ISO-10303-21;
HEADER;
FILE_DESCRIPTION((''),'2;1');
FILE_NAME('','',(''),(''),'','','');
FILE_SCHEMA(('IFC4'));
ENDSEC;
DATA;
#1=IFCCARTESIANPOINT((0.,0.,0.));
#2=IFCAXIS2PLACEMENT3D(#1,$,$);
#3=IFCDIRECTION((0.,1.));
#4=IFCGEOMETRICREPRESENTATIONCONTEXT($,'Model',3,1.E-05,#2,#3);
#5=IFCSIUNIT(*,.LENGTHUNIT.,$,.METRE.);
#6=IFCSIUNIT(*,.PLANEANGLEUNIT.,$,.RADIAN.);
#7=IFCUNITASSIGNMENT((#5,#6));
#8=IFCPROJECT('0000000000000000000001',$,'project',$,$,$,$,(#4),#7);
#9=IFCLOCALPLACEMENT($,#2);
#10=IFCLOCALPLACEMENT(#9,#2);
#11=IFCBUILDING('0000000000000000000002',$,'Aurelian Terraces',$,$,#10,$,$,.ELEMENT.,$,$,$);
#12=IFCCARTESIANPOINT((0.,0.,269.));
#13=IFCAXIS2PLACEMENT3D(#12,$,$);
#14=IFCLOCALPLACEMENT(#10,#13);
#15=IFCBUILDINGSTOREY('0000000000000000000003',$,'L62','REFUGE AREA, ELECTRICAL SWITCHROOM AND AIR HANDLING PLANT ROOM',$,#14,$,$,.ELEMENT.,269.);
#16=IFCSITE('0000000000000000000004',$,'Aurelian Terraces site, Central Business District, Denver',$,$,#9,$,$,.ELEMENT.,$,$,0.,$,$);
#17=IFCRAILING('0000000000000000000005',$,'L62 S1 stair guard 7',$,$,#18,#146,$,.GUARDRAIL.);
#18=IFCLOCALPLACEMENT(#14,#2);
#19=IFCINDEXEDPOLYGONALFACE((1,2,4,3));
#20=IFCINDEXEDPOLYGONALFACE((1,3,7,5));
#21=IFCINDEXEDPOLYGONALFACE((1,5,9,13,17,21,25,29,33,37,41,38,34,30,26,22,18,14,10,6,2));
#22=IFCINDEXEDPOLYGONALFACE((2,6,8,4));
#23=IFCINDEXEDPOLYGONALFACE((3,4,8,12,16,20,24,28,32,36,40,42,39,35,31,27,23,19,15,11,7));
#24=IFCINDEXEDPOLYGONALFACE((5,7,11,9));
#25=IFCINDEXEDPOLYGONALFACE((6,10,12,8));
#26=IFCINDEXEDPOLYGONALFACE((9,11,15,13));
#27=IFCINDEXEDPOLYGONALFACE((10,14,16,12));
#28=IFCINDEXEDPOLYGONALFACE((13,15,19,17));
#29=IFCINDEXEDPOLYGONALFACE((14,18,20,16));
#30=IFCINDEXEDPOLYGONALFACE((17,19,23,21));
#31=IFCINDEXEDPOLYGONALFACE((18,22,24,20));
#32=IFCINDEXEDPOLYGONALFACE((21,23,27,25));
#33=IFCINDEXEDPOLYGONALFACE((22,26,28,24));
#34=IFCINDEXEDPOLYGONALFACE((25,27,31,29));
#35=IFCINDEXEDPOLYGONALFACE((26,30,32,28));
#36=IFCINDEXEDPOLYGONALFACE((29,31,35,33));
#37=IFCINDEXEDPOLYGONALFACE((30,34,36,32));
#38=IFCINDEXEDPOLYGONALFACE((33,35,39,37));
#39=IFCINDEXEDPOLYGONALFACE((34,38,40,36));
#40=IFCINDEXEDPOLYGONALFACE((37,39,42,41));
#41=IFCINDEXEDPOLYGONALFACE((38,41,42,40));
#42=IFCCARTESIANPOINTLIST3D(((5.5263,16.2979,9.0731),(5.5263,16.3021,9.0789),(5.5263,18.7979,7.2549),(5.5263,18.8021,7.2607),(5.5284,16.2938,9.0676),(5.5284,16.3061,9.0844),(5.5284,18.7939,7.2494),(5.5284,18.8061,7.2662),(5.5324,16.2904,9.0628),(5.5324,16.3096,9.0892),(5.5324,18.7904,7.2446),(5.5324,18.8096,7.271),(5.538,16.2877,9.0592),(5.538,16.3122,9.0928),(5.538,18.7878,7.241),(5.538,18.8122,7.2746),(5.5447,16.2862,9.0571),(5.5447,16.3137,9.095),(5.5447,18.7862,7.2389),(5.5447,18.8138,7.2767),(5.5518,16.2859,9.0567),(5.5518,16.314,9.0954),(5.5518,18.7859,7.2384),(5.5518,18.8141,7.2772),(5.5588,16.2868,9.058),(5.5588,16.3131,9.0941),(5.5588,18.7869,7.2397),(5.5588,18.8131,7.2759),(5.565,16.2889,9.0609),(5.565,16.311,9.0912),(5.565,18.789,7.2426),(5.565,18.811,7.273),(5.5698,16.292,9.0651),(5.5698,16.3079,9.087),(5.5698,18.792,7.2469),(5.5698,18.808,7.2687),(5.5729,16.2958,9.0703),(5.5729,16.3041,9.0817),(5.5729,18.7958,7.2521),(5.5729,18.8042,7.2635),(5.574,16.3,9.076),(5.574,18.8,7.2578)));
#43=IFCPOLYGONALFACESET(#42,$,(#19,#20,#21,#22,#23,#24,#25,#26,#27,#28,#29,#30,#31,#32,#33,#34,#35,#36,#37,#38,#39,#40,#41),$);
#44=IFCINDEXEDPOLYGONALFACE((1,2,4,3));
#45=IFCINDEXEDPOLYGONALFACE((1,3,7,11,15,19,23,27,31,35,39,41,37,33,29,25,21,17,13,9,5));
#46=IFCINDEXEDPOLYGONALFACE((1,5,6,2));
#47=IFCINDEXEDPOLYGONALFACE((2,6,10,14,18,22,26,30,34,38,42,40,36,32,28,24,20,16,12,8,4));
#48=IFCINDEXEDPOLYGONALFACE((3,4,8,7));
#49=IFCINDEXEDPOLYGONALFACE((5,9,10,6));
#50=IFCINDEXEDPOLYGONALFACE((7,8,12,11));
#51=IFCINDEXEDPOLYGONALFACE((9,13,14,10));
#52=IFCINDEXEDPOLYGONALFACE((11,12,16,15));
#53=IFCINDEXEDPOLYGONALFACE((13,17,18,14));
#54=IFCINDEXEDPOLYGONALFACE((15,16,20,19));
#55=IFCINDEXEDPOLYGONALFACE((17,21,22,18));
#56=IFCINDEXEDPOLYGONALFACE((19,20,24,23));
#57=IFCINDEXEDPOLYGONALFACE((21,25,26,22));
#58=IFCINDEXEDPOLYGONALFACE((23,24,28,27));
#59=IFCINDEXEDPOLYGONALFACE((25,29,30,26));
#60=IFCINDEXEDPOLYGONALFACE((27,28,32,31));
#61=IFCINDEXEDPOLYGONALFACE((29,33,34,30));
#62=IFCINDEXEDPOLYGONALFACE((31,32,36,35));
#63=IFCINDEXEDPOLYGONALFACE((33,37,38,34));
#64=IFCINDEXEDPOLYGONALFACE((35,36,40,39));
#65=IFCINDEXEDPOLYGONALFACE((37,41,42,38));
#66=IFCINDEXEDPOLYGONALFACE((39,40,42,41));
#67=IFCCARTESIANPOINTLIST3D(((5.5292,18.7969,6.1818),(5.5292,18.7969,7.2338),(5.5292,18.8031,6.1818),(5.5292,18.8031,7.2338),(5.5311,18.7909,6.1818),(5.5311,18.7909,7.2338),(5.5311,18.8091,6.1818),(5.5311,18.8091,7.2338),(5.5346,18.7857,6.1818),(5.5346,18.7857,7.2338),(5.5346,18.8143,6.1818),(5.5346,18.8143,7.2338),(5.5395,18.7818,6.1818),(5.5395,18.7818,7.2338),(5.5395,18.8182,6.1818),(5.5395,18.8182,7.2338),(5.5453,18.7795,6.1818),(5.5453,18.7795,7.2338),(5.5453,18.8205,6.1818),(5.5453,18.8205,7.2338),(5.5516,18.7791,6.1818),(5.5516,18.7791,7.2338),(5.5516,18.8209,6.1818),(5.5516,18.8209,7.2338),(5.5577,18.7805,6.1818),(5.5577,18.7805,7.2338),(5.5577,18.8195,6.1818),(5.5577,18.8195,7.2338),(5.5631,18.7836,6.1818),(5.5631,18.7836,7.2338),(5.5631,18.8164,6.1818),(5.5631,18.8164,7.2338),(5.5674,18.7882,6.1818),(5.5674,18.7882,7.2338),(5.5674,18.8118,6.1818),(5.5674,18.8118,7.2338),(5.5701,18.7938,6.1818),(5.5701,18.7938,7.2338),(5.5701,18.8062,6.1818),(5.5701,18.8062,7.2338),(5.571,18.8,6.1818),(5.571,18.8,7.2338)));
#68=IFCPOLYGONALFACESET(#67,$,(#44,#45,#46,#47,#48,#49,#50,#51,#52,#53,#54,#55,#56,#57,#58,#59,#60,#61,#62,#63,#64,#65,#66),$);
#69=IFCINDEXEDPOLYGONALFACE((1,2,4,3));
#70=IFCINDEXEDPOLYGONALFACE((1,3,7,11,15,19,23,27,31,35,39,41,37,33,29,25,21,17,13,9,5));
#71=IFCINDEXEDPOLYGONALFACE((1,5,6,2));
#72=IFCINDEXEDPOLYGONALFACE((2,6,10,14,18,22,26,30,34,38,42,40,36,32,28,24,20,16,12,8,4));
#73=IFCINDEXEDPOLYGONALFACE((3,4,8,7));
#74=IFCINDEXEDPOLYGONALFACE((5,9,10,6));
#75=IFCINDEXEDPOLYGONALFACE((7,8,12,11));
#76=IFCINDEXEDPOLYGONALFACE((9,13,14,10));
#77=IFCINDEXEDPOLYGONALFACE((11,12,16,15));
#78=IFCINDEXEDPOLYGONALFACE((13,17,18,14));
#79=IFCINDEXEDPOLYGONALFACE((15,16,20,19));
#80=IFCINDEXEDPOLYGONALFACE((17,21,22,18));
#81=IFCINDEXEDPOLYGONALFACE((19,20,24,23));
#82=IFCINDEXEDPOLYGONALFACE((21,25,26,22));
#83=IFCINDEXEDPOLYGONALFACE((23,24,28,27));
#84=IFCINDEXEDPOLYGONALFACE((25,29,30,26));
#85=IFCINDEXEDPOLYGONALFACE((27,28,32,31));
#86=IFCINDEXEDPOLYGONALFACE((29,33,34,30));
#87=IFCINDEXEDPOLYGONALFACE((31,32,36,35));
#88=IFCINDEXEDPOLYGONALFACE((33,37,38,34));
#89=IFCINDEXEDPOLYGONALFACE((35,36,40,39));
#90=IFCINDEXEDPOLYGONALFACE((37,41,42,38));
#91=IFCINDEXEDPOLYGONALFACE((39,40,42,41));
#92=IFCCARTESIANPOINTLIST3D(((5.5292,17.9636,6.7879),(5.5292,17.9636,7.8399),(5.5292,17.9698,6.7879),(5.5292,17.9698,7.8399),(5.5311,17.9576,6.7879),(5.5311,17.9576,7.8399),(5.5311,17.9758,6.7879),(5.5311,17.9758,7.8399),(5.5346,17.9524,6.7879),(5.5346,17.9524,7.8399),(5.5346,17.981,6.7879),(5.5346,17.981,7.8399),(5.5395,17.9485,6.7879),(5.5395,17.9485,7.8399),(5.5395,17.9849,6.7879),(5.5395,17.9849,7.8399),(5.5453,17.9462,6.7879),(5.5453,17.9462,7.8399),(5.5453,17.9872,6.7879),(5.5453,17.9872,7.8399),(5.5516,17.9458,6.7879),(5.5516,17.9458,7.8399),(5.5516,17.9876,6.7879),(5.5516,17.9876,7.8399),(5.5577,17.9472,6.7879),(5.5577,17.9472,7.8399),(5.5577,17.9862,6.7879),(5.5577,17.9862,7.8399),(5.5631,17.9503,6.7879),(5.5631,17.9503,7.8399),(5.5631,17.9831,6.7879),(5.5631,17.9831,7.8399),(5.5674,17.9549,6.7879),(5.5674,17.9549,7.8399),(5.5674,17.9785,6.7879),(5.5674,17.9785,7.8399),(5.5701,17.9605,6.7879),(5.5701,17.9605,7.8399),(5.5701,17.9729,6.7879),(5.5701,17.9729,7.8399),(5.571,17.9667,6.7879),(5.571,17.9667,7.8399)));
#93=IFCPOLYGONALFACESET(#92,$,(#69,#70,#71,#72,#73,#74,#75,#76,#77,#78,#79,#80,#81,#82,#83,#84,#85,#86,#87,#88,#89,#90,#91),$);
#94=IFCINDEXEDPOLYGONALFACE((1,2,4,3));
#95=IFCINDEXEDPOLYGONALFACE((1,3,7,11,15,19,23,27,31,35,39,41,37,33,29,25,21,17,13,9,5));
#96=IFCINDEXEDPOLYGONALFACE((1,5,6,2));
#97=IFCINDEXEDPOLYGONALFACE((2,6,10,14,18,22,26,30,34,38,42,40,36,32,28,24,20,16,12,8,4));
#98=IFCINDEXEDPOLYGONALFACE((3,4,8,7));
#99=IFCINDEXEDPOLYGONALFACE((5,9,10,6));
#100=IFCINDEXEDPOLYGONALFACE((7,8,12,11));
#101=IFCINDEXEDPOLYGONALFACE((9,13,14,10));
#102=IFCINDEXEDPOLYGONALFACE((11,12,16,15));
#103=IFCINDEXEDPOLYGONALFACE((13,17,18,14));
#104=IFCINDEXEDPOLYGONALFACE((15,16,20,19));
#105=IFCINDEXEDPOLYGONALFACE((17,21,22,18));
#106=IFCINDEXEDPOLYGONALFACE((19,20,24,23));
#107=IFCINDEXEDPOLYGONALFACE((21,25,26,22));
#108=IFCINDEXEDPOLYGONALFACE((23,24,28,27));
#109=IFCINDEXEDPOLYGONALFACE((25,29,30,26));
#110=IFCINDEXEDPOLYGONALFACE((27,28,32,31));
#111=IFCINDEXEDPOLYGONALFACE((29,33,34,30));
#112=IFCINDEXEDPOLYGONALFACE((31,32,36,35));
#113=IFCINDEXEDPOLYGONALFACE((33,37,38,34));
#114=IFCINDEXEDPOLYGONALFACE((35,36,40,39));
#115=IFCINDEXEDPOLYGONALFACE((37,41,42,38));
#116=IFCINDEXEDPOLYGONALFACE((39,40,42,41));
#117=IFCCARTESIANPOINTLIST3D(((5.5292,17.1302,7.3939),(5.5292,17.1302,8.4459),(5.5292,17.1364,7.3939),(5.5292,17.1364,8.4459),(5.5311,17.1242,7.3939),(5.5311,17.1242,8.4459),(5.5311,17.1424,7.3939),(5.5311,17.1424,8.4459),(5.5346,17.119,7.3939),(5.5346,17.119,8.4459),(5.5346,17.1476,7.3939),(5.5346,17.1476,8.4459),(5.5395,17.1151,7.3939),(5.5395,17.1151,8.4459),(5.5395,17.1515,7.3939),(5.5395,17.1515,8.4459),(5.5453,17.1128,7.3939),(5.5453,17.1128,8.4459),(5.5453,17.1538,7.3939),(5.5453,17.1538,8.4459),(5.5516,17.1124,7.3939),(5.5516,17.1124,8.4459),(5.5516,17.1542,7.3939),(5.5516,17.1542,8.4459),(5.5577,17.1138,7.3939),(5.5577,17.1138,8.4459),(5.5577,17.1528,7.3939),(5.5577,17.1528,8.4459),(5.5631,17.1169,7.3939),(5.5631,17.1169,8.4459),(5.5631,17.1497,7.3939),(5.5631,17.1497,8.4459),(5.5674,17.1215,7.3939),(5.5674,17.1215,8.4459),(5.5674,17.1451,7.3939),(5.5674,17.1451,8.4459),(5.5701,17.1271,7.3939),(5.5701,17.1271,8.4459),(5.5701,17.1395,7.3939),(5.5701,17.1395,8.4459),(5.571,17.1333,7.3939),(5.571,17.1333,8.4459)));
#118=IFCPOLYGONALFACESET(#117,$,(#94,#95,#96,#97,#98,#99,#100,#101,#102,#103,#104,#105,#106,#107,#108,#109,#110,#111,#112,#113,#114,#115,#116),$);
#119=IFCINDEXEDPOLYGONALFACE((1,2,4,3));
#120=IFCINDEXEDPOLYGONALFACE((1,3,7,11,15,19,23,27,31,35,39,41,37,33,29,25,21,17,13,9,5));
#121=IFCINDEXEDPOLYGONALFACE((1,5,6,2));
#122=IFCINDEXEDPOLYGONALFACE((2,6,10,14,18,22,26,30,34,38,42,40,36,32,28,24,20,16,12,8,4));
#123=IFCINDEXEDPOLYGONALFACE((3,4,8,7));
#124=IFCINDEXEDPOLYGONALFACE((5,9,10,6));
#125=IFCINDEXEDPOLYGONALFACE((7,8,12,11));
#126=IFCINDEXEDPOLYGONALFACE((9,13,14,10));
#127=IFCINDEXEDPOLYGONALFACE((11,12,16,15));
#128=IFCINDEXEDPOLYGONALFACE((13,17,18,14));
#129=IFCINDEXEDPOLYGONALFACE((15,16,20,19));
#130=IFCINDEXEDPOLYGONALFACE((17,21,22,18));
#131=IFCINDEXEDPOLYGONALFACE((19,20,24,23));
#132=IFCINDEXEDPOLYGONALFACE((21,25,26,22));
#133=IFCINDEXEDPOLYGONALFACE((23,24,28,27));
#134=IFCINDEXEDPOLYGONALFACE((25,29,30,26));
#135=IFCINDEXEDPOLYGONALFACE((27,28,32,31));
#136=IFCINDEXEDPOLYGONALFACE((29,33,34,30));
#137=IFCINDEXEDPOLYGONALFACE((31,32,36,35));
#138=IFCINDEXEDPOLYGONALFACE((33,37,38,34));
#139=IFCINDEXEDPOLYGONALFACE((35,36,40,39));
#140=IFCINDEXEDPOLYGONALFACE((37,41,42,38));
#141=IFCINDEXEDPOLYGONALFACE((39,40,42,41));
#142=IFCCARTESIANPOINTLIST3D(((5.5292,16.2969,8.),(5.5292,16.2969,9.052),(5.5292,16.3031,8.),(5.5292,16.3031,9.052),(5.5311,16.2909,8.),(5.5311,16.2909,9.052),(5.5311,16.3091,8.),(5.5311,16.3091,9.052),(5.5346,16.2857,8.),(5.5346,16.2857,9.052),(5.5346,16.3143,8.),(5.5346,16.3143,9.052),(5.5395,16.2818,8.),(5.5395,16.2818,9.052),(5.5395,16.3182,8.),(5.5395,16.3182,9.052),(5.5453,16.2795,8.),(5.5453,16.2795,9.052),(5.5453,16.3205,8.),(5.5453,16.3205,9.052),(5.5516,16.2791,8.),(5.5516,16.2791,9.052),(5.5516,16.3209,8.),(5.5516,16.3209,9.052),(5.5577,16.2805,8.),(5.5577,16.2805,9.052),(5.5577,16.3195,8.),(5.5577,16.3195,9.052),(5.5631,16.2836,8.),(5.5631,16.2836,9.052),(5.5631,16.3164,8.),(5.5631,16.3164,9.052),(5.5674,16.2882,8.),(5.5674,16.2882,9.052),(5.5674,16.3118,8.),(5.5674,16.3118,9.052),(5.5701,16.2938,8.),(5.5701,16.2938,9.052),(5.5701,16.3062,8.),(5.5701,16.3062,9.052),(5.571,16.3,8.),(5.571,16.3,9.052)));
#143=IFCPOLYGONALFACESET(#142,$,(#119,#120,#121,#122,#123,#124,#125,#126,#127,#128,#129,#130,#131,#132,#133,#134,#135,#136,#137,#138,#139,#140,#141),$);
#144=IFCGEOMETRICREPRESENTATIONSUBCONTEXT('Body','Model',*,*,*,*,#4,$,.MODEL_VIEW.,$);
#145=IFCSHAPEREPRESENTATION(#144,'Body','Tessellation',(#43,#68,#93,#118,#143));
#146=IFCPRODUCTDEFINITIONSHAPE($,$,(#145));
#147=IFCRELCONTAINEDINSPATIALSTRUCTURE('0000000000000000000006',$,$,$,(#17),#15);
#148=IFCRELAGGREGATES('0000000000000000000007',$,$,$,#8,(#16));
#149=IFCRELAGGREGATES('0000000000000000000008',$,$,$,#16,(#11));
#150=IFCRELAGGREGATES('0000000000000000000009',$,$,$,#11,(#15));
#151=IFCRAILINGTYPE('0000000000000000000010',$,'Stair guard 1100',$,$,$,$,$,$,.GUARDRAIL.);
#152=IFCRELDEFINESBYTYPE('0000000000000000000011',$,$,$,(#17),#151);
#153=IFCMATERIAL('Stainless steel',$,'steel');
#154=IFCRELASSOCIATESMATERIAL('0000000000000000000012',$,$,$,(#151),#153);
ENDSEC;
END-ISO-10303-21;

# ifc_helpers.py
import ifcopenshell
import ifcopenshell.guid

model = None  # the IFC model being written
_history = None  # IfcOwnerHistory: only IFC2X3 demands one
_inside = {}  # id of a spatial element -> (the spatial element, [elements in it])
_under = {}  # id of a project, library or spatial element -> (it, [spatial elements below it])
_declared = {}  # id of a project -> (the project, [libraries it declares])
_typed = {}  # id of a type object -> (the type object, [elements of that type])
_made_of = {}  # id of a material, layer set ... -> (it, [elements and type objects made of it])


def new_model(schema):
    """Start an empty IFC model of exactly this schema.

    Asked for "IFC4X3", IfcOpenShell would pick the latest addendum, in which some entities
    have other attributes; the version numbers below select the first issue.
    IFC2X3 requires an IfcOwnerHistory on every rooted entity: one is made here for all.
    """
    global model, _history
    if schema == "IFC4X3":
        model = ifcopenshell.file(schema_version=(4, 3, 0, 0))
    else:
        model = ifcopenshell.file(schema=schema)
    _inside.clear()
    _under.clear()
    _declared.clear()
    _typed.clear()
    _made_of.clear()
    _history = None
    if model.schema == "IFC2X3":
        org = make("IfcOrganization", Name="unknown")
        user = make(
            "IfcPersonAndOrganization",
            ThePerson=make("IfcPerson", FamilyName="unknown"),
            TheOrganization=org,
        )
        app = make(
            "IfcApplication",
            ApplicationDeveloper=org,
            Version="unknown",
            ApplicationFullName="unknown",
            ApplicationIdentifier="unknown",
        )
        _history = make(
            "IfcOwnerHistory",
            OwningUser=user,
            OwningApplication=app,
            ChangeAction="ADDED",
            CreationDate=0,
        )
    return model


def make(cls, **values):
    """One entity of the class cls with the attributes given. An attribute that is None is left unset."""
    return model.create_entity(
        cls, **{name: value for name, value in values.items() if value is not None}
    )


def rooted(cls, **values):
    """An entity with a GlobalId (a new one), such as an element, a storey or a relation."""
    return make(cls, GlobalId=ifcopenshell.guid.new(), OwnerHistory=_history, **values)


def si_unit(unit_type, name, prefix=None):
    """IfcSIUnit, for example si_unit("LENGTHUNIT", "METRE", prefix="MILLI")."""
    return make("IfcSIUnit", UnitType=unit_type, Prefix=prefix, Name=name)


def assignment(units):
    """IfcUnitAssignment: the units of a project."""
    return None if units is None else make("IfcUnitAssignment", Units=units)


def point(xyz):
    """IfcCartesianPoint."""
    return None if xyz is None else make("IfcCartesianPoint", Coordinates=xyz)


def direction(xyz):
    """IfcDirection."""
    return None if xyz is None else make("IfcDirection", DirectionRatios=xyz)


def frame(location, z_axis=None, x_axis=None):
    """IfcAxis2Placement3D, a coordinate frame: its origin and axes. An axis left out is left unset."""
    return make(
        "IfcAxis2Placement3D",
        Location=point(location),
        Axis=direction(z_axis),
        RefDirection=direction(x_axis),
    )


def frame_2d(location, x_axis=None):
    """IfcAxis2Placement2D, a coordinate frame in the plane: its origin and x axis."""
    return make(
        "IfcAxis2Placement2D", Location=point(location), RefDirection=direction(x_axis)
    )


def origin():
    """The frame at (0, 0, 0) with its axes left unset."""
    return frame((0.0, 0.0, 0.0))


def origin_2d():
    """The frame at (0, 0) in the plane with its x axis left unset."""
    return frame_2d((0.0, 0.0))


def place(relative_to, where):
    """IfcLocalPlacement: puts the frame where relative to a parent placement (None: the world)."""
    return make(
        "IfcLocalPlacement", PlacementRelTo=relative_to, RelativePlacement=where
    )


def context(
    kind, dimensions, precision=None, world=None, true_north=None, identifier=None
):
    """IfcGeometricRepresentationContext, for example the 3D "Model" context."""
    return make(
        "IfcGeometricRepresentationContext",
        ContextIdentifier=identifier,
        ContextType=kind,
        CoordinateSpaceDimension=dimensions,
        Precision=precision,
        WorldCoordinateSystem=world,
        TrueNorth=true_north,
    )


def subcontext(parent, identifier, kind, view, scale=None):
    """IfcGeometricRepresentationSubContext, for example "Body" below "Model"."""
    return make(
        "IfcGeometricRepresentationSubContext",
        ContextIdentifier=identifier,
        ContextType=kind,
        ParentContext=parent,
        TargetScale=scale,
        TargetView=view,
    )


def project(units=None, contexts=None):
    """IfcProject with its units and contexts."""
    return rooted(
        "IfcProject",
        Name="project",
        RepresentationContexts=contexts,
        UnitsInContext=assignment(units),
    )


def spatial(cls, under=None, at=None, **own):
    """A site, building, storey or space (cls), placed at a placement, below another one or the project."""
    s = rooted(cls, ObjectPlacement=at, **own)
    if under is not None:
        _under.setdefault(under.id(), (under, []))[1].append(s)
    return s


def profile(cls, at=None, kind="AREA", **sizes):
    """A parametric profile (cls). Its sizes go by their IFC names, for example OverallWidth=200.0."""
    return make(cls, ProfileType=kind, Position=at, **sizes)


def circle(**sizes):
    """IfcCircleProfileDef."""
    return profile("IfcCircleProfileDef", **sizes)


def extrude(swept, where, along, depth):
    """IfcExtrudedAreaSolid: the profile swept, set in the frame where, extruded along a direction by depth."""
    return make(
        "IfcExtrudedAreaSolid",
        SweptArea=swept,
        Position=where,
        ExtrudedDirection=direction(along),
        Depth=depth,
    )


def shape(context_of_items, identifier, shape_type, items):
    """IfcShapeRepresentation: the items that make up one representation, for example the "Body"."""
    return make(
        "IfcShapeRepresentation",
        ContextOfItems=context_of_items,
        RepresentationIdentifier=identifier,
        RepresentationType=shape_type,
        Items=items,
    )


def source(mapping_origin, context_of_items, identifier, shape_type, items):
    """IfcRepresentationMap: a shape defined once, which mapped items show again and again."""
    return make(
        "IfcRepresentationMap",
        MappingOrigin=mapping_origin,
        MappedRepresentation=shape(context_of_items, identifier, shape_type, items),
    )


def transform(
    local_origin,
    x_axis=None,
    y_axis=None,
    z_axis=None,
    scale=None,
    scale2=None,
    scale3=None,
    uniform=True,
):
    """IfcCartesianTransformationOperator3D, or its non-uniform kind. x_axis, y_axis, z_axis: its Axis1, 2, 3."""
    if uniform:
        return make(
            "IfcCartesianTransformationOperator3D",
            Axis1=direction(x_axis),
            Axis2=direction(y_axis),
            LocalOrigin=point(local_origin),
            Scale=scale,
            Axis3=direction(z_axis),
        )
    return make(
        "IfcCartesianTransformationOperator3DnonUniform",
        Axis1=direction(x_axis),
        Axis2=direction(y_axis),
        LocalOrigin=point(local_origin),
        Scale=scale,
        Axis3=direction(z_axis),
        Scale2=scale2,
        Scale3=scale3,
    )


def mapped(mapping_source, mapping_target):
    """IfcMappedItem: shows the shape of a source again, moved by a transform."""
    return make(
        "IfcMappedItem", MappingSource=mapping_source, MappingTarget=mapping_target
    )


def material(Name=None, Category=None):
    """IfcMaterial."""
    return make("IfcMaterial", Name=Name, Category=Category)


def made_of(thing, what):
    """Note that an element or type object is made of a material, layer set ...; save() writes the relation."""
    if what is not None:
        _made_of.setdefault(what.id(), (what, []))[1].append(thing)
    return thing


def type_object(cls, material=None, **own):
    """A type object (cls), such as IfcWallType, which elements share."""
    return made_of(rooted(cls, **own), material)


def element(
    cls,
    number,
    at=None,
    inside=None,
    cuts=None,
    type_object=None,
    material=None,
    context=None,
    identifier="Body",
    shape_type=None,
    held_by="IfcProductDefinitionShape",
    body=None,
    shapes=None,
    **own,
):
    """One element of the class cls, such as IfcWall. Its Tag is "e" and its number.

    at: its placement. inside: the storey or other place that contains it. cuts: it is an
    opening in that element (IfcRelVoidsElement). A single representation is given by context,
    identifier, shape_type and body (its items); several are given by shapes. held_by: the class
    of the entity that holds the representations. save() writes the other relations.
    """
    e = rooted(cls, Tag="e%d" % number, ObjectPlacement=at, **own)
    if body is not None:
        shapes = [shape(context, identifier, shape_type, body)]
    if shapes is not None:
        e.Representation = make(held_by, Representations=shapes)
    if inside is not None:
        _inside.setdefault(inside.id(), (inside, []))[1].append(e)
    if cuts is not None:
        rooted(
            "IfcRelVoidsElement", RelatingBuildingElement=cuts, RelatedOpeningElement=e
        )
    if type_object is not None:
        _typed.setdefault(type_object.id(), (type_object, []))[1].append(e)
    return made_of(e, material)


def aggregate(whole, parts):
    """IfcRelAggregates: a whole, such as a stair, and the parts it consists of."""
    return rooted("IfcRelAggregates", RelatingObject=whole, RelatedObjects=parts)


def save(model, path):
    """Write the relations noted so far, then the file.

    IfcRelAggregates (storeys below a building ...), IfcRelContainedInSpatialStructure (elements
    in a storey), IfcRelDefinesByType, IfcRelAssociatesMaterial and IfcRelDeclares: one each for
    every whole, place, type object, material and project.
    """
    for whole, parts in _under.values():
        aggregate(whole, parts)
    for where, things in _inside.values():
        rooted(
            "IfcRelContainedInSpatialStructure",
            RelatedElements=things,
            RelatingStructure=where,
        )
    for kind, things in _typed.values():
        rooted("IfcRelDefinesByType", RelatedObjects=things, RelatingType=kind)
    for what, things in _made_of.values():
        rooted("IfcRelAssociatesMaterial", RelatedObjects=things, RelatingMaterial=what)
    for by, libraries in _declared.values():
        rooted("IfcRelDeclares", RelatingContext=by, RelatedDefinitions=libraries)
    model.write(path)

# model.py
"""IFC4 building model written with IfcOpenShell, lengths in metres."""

from ifc_helpers import new_model, si_unit, direction, frame, origin, origin_2d, place, context, subcontext, project, spatial, circle, extrude, source, transform, mapped, material, type_object, element, save


model = new_model("IFC4")

# Units and contexts
model_context = context("Model", 3, precision=1e-05, world=origin(), true_north=direction((0.0, 1.0)))
body_context = subcontext(model_context, "Body", "Model", "MODEL_VIEW")
ifc_project = project(units=[si_unit("LENGTHUNIT", "METRE"), si_unit("PLANEANGLEUNIT", "RADIAN")], contexts=[model_context])

# Site, building, storey
site_placement = place(None, origin())
site = spatial("IfcSite", under=ifc_project, at=site_placement, Name="Aurelian Terraces site, Central Business District, Denver", CompositionType="ELEMENT", RefElevation=0.0)
building_placement = place(site_placement, origin())
building = spatial("IfcBuilding", under=site, at=building_placement, Name="Aurelian Terraces", CompositionType="ELEMENT")
storey_placement = place(building_placement, frame((0.0, 0.0, 269.0)))
storey = spatial("IfcBuildingStorey", under=building, at=storey_placement, Name="L62", Description="REFUGE AREA, ELECTRICAL SWITCHROOM AND AIR HANDLING PLANT ROOM", CompositionType="ELEMENT", Elevation=269.0)

# Railing
ifc_material_1 = material(Name="Stainless steel", Category="steel")
railing_type_1 = type_object("IfcRailingType", Name="Stair guard 1100", PredefinedType="GUARDRAIL", material=ifc_material_1)
shared_shape_1 = source(origin(), body_context, "Body", "SweptSolid", [
    extrude(circle(Radius=0.024, at=origin_2d()), frame((0.0, 0.0, 1.076), z_axis=(0.0, -0.808733, 0.588176), x_axis=(1.0, 0.0, 0.0)), (0.0, 0.0, 1.0), 3.0913),
    extrude(circle(Radius=0.021, at=origin_2d()), origin(), (0.0, 0.0, 1.0), 1.052),
    extrude(circle(Radius=0.021, at=origin_2d()), frame((0.0, -0.8333, 0.6061)), (0.0, 0.0, 1.0), 1.052),
    extrude(circle(Radius=0.021, at=origin_2d()), frame((0.0, -1.6667, 1.2121)), (0.0, 0.0, 1.0), 1.052),
    extrude(circle(Radius=0.021, at=origin_2d()), frame((0.0, -2.5, 1.8182)), (0.0, 0.0, 1.0), 1.052),
])
for number, where, name in (
    (1, (5.55, 18.8, 6.1818), "L62 S1 stair guard 7"),
):
    element("IfcRailing", number, at=place(storey_placement, frame(where)), inside=storey, type_object=railing_type_1, Name=name, PredefinedType="GUARDRAIL", context=body_context, shape_type="MappedRepresentation", body=[
        mapped(shared_shape_1, transform((0.0, 0.0, 0.0), scale=1.0)),
    ])

save(model, "model.ifc")
